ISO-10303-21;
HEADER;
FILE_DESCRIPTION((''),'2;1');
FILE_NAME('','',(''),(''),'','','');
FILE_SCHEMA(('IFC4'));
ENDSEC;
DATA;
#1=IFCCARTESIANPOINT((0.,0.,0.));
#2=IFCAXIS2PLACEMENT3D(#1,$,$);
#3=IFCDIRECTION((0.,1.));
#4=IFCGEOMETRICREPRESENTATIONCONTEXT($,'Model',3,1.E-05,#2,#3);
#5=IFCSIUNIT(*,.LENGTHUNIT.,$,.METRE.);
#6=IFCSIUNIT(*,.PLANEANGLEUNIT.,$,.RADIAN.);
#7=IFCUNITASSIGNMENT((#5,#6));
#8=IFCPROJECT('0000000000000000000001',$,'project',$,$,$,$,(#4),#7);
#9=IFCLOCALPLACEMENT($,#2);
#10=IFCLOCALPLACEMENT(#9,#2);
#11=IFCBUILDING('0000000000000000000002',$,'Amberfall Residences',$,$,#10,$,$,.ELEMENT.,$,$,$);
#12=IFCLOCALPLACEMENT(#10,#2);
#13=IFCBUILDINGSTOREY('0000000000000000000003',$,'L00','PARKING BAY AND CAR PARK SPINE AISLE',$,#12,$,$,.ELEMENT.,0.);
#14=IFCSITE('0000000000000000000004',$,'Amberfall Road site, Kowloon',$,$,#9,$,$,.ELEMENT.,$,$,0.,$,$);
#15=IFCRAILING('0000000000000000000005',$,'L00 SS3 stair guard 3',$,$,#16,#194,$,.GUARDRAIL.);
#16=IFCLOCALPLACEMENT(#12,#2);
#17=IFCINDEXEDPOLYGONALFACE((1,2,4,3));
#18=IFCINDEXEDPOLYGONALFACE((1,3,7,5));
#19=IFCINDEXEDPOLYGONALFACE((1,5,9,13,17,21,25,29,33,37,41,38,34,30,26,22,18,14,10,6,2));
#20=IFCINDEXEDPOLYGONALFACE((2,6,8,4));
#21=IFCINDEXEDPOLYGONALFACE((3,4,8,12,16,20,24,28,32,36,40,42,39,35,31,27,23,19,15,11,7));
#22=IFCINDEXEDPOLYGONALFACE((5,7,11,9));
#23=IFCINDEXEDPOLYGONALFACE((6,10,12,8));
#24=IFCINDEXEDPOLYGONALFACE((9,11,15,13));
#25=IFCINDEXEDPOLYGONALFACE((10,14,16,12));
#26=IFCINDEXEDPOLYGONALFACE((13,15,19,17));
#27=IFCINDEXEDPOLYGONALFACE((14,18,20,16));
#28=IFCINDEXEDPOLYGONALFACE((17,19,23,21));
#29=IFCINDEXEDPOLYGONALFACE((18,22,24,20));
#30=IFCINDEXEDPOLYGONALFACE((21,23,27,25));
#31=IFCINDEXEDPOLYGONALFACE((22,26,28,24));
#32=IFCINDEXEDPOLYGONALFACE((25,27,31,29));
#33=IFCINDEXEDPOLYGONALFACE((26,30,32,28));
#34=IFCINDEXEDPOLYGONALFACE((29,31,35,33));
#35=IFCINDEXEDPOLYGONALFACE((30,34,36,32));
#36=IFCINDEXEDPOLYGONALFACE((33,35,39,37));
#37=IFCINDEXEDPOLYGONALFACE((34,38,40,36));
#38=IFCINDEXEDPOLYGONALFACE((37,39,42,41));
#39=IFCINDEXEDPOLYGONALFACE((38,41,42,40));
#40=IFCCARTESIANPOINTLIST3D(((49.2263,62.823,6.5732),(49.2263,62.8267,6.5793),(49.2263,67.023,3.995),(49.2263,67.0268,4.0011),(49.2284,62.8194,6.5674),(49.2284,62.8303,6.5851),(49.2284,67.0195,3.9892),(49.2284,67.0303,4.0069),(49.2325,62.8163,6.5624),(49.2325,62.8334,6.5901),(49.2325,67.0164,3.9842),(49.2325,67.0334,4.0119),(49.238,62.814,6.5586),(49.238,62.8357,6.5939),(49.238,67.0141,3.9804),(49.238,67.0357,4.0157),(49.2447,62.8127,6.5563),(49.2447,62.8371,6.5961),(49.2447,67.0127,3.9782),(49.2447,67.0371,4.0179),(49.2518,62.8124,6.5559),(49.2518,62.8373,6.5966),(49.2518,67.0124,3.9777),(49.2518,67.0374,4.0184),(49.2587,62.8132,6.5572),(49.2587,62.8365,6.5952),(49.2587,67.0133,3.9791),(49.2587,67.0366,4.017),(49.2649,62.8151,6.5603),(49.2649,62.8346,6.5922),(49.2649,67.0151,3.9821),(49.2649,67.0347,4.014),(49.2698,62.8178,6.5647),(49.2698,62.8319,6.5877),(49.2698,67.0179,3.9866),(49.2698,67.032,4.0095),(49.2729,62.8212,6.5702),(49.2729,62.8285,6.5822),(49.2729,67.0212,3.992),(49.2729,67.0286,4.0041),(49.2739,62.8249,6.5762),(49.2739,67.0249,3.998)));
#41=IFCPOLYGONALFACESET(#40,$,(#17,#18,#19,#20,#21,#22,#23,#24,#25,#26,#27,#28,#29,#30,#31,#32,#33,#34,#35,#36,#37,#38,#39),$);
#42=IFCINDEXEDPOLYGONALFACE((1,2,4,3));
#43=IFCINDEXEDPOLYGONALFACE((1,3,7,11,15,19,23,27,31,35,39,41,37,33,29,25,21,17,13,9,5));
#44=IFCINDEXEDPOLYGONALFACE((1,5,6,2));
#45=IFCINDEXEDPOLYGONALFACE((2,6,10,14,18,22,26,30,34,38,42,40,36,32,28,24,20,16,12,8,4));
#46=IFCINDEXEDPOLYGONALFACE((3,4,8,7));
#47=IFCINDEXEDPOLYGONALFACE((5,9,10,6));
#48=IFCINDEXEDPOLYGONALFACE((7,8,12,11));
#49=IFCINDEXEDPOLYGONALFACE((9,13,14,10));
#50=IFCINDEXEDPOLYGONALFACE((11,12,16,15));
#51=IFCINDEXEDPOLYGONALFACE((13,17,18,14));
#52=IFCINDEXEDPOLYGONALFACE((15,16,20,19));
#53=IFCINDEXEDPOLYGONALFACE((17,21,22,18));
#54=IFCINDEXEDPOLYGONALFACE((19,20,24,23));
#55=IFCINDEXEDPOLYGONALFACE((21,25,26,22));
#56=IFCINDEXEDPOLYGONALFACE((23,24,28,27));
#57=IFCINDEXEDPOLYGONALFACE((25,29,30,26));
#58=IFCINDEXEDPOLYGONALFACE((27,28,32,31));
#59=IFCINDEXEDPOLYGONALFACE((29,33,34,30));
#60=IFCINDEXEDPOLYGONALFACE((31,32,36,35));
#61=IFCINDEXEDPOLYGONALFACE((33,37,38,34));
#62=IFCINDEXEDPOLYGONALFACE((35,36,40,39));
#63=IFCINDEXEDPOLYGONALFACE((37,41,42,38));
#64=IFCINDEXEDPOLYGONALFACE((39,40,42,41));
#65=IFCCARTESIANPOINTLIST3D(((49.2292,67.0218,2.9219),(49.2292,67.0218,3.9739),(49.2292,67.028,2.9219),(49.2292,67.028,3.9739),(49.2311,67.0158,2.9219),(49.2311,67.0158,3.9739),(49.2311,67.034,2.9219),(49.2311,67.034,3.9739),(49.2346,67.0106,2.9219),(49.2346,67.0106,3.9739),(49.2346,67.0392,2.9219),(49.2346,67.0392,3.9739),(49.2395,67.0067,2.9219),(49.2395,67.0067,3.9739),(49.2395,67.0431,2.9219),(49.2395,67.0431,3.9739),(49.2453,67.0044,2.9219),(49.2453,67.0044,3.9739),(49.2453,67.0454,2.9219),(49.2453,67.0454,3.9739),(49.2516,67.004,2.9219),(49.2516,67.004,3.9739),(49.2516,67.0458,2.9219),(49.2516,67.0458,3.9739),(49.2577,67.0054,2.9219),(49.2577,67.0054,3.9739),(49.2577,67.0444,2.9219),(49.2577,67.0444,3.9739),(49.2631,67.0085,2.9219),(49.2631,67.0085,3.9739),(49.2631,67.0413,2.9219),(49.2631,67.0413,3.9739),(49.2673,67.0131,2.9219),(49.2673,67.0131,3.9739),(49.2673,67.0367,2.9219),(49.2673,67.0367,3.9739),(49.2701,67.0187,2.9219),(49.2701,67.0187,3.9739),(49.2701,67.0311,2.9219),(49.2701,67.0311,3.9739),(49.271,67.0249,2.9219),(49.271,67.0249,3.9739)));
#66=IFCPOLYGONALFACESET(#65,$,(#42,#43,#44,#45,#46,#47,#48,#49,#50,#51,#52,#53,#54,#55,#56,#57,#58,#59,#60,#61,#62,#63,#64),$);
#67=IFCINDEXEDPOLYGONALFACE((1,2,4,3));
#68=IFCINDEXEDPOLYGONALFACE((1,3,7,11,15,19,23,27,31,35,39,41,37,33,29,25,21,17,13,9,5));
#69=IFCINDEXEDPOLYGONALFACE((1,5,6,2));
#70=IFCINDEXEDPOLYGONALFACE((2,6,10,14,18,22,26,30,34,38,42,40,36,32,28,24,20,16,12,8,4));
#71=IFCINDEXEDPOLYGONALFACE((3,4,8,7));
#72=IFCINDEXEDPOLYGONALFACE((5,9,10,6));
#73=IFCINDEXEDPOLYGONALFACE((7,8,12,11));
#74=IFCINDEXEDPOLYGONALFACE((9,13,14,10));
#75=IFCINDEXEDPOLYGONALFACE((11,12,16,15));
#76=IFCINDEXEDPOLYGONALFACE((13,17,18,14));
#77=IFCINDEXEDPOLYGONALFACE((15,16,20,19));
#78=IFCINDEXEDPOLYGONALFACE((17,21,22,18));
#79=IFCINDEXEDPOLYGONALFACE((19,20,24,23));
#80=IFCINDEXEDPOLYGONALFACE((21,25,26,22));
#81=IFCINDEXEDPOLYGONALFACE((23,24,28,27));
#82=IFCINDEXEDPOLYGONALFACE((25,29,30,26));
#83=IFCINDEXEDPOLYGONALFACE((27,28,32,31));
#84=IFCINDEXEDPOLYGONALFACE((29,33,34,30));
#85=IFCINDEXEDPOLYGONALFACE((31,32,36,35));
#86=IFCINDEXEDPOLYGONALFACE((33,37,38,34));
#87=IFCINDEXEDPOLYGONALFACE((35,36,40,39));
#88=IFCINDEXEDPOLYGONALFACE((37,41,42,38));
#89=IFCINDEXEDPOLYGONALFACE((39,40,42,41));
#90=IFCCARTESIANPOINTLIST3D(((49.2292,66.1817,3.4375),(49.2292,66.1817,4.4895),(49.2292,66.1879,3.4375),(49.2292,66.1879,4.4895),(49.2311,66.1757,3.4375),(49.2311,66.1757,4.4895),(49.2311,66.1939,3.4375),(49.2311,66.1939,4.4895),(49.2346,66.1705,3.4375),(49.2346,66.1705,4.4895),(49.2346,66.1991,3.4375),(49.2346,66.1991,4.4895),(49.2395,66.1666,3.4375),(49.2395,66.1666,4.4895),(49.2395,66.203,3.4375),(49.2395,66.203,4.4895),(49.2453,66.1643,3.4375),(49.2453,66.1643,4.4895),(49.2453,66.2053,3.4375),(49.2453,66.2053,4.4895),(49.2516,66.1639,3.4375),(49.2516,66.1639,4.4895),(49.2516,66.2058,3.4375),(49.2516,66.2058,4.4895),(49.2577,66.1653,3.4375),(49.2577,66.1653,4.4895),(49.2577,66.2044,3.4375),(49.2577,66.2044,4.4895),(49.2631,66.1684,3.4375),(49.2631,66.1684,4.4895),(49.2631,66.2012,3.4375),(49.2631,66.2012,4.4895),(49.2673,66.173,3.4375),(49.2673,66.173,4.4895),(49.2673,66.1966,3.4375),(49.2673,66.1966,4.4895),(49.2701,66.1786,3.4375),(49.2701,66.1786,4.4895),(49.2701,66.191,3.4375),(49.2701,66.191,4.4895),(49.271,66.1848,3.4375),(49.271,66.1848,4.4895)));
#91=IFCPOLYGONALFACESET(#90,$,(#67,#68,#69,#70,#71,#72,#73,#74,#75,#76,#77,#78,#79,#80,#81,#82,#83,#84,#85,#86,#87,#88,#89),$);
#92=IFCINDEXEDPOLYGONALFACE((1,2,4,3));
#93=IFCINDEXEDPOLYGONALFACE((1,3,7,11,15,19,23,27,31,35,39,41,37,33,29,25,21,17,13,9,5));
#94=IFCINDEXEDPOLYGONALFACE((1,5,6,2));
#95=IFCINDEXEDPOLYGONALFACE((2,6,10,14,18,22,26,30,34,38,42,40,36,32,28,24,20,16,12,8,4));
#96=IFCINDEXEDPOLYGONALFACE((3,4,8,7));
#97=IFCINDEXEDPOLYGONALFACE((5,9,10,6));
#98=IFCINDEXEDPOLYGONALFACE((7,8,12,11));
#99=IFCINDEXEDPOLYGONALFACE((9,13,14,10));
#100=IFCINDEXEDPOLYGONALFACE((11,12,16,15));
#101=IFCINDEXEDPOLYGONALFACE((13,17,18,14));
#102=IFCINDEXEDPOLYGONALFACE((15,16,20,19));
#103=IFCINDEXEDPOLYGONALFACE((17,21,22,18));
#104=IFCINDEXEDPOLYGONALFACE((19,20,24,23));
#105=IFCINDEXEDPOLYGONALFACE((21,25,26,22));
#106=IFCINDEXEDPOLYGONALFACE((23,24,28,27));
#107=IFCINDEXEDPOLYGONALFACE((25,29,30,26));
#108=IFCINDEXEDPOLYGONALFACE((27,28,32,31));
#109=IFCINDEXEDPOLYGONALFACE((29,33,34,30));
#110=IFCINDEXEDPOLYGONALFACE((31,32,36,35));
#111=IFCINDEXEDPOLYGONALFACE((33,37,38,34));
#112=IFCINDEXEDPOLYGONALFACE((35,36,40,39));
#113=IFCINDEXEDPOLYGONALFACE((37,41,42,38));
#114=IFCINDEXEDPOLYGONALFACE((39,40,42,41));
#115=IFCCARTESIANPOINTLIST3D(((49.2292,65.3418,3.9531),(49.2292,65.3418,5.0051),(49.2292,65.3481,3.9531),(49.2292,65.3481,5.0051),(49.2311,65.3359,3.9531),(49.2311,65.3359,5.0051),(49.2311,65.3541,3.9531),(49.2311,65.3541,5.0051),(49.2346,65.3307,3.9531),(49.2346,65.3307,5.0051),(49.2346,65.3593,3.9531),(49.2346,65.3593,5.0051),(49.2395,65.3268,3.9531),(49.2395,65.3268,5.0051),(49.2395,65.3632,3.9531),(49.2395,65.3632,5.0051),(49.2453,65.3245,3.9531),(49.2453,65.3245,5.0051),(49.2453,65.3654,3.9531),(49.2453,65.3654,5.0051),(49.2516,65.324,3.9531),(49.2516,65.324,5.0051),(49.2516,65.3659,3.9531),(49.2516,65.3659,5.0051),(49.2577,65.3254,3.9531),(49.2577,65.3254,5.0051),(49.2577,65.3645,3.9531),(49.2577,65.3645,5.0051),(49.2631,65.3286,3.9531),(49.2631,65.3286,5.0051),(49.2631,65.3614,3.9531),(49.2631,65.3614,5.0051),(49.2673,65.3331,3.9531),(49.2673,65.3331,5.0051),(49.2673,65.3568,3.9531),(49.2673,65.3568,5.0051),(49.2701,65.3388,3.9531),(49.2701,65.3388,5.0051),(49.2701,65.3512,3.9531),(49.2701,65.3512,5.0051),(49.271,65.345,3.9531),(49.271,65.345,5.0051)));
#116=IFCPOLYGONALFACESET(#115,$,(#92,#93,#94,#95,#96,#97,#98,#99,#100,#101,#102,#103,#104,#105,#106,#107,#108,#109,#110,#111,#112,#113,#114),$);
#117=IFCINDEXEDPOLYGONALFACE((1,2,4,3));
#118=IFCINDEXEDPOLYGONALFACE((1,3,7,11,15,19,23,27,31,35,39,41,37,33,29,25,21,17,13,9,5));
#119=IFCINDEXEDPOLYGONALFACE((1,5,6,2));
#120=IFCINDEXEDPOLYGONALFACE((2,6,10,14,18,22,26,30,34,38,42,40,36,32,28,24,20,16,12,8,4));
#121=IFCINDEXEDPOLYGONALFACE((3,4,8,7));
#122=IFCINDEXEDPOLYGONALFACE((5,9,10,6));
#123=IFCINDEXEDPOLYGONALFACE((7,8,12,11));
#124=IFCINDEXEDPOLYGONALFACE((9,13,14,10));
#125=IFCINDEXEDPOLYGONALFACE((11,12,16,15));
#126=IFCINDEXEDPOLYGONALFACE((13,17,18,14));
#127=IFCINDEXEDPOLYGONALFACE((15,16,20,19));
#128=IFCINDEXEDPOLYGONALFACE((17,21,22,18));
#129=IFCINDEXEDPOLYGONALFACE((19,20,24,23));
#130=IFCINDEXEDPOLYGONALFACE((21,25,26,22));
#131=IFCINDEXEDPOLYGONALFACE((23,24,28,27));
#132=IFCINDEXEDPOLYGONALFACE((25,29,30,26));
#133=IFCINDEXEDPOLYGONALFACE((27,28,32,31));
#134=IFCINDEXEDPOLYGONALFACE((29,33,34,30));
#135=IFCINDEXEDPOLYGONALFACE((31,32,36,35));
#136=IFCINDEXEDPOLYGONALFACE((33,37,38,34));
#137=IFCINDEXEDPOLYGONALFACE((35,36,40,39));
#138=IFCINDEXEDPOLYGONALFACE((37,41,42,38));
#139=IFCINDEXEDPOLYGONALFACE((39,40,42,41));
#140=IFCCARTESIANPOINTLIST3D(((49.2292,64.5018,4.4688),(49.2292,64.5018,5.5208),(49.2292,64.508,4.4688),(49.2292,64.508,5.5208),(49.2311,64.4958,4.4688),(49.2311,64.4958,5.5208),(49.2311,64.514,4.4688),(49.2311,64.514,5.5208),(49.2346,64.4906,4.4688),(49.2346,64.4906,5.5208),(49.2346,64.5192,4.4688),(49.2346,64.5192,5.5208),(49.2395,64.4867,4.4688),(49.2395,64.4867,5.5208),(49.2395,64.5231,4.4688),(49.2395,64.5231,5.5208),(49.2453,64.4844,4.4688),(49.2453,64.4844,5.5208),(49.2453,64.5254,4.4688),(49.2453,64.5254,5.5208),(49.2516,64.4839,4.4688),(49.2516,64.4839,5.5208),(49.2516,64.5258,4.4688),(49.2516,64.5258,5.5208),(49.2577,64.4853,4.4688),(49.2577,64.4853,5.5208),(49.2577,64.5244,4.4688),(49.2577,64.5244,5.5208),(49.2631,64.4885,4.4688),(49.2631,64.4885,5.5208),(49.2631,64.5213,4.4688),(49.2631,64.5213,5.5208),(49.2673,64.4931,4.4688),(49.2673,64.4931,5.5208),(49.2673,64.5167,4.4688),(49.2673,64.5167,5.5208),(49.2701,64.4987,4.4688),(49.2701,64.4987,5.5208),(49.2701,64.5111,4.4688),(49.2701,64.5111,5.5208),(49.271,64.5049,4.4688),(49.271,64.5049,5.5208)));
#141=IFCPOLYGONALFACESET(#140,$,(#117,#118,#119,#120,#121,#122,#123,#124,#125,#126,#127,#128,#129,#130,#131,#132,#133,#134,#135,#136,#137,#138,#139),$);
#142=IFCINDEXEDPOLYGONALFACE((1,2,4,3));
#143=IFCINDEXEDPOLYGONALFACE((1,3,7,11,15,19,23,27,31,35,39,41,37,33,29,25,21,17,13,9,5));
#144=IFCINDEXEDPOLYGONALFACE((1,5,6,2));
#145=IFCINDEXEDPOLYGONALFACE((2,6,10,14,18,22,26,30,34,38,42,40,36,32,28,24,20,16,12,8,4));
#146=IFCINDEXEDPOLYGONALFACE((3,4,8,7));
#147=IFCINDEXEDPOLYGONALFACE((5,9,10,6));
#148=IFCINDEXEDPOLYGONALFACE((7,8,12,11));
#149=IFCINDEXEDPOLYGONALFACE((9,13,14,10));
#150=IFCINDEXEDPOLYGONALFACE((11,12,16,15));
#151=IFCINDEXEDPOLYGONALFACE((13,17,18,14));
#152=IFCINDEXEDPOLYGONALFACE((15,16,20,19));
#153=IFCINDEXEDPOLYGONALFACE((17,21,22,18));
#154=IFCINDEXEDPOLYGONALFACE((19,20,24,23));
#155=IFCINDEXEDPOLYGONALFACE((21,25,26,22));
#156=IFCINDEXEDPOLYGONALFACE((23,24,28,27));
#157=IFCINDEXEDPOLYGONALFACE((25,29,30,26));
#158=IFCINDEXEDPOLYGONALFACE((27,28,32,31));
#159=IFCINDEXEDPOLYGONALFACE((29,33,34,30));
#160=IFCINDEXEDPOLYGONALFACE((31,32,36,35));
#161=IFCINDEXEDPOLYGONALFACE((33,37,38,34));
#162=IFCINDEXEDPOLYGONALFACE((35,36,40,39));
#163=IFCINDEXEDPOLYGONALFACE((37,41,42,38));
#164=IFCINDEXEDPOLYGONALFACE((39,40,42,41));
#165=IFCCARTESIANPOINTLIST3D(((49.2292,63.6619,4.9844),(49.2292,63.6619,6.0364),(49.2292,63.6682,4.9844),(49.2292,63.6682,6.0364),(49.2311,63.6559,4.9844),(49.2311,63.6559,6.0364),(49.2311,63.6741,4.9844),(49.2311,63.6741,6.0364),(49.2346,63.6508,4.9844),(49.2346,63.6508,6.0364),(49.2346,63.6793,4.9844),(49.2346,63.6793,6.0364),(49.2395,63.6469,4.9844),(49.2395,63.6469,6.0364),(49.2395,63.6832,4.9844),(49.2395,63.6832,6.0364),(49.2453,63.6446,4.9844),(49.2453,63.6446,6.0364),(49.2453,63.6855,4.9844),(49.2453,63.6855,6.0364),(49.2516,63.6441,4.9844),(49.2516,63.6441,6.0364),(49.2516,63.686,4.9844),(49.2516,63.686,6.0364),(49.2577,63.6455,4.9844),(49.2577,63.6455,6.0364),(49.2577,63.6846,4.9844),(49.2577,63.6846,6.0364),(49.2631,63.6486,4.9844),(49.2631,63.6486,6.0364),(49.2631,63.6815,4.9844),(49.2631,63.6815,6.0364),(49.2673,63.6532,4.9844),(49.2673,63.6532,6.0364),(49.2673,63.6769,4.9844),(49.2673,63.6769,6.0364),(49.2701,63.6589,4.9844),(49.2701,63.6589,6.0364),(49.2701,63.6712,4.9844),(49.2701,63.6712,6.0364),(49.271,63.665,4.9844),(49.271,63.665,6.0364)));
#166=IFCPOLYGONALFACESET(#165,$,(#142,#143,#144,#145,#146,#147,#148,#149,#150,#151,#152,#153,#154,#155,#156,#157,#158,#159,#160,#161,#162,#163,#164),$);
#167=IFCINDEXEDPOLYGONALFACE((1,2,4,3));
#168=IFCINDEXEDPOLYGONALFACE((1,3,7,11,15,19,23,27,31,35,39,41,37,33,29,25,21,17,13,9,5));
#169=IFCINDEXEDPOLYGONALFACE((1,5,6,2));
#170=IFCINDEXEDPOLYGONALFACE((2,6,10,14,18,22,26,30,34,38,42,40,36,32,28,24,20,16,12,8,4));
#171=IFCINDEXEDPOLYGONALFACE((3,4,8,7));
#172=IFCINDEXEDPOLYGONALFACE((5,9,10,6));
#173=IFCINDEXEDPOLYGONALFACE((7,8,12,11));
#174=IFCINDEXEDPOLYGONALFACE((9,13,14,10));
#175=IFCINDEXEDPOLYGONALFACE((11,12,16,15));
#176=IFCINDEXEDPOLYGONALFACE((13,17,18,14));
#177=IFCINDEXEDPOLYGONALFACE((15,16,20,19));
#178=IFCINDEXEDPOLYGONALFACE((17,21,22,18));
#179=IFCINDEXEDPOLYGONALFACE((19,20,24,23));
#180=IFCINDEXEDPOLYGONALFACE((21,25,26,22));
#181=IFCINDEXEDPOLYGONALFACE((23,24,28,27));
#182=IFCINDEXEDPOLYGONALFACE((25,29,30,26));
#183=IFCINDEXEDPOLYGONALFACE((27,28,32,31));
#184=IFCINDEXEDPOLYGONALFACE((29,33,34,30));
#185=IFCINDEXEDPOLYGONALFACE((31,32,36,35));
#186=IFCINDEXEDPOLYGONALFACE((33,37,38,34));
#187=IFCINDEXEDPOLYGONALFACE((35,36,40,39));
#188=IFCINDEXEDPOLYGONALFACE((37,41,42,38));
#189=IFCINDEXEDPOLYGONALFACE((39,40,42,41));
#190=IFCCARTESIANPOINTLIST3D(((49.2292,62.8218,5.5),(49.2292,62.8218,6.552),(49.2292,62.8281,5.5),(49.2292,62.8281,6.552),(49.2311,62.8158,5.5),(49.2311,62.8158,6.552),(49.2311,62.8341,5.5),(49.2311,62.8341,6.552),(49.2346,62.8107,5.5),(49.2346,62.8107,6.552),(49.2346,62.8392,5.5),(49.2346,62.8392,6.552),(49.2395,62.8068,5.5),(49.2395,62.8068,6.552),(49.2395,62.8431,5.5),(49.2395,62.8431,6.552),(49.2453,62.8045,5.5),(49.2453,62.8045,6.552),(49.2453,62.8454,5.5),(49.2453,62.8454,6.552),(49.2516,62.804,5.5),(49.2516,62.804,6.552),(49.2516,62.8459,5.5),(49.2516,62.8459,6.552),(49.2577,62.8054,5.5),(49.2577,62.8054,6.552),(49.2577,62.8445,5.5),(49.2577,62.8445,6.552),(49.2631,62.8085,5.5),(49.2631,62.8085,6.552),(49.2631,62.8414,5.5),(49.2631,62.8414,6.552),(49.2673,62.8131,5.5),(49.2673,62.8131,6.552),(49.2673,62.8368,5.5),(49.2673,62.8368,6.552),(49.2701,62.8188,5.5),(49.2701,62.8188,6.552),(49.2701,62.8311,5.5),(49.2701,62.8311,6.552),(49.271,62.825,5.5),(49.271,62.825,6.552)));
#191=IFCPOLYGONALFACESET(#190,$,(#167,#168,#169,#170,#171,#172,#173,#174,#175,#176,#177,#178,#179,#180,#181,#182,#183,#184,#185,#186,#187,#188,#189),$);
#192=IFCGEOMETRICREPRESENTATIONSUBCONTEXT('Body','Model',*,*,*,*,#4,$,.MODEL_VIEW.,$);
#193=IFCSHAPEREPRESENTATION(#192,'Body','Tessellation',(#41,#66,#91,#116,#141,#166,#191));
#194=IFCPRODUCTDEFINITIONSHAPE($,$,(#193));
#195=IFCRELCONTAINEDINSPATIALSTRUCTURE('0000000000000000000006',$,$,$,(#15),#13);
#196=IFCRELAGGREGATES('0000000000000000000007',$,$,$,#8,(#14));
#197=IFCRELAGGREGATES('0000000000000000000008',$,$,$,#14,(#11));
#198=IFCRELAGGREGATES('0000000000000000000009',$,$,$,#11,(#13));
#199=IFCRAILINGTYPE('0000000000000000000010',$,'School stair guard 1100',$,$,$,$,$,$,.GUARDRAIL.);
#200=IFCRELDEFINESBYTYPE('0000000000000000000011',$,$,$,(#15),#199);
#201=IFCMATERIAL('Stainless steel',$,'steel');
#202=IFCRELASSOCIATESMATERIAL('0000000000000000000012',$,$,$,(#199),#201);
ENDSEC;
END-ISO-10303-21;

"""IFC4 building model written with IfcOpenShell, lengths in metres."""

from ifc_helpers import new_model, si_unit, direction, frame, origin, origin_2d, place, context, subcontext, project, spatial, circle, extrude, material, type_object, element, save


model = new_model("IFC4")

# Units and contexts
model_context = context("Model", 3, precision=1e-05, world=origin(), true_north=direction((0.0, 1.0)))
body_context = subcontext(model_context, "Body", "Model", "MODEL_VIEW")
ifc_project = project(units=[si_unit("LENGTHUNIT", "METRE"), si_unit("PLANEANGLEUNIT", "RADIAN")], contexts=[model_context])

# Site, building, storey
site_placement = place(None, origin())
site = spatial("IfcSite", under=ifc_project, at=site_placement, Name="Amberfall Road site, Kowloon", CompositionType="ELEMENT", RefElevation=0.0)
building_placement = place(site_placement, origin())
building = spatial("IfcBuilding", under=site, at=building_placement, Name="Amberfall Residences", CompositionType="ELEMENT")
storey_placement = place(building_placement, origin())
storey = spatial("IfcBuildingStorey", under=building, at=storey_placement, Name="L00", Description="PARKING BAY AND CAR PARK SPINE AISLE", CompositionType="ELEMENT", Elevation=0.0)

# Railing
ifc_material_1 = material(Name="Stainless steel", Category="steel")
railing_type_1 = type_object("IfcRailingType", Name="School stair guard 1100", PredefinedType="GUARDRAIL", material=ifc_material_1)
railing_1_placement = place(storey_placement, frame((49.25, 67.0249, 2.9219)))
element("IfcRailing", 1, at=railing_1_placement, inside=storey, type_object=railing_type_1, Name="L00 SS3 stair guard 3", PredefinedType="GUARDRAIL", context=body_context, shape_type="SweptSolid", body=[
    extrude(circle(Radius=0.0239, at=origin_2d()), frame((0.0, 0.0, 1.0762), z_axis=(0.0, -0.852243, 0.523146), x_axis=(1.0, 0.0, 0.0)), (0.0, 0.0, 1.0), 4.9282),
    extrude(circle(Radius=0.021, at=origin_2d()), origin(), (0.0, 0.0, 1.0), 1.052),
    extrude(circle(Radius=0.021, at=origin_2d()), frame((0.0, -0.8401, 0.5156)), (0.0, 0.0, 1.0), 1.052),
    extrude(circle(Radius=0.021, at=origin_2d()), frame((0.0, -1.6799, 1.0312)), (0.0, 0.0, 1.0), 1.052),
    extrude(circle(Radius=0.021, at=origin_2d()), frame((0.0, -2.52, 1.5469)), (0.0, 0.0, 1.0), 1.052),
    extrude(circle(Radius=0.021, at=origin_2d()), frame((0.0, -3.3599, 2.0625)), (0.0, 0.0, 1.0), 1.052),
    extrude(circle(Radius=0.021, at=origin_2d()), frame((0.0, -4.2, 2.5781)), (0.0, 0.0, 1.0), 1.052),
])

save(model, "model.ifc")
